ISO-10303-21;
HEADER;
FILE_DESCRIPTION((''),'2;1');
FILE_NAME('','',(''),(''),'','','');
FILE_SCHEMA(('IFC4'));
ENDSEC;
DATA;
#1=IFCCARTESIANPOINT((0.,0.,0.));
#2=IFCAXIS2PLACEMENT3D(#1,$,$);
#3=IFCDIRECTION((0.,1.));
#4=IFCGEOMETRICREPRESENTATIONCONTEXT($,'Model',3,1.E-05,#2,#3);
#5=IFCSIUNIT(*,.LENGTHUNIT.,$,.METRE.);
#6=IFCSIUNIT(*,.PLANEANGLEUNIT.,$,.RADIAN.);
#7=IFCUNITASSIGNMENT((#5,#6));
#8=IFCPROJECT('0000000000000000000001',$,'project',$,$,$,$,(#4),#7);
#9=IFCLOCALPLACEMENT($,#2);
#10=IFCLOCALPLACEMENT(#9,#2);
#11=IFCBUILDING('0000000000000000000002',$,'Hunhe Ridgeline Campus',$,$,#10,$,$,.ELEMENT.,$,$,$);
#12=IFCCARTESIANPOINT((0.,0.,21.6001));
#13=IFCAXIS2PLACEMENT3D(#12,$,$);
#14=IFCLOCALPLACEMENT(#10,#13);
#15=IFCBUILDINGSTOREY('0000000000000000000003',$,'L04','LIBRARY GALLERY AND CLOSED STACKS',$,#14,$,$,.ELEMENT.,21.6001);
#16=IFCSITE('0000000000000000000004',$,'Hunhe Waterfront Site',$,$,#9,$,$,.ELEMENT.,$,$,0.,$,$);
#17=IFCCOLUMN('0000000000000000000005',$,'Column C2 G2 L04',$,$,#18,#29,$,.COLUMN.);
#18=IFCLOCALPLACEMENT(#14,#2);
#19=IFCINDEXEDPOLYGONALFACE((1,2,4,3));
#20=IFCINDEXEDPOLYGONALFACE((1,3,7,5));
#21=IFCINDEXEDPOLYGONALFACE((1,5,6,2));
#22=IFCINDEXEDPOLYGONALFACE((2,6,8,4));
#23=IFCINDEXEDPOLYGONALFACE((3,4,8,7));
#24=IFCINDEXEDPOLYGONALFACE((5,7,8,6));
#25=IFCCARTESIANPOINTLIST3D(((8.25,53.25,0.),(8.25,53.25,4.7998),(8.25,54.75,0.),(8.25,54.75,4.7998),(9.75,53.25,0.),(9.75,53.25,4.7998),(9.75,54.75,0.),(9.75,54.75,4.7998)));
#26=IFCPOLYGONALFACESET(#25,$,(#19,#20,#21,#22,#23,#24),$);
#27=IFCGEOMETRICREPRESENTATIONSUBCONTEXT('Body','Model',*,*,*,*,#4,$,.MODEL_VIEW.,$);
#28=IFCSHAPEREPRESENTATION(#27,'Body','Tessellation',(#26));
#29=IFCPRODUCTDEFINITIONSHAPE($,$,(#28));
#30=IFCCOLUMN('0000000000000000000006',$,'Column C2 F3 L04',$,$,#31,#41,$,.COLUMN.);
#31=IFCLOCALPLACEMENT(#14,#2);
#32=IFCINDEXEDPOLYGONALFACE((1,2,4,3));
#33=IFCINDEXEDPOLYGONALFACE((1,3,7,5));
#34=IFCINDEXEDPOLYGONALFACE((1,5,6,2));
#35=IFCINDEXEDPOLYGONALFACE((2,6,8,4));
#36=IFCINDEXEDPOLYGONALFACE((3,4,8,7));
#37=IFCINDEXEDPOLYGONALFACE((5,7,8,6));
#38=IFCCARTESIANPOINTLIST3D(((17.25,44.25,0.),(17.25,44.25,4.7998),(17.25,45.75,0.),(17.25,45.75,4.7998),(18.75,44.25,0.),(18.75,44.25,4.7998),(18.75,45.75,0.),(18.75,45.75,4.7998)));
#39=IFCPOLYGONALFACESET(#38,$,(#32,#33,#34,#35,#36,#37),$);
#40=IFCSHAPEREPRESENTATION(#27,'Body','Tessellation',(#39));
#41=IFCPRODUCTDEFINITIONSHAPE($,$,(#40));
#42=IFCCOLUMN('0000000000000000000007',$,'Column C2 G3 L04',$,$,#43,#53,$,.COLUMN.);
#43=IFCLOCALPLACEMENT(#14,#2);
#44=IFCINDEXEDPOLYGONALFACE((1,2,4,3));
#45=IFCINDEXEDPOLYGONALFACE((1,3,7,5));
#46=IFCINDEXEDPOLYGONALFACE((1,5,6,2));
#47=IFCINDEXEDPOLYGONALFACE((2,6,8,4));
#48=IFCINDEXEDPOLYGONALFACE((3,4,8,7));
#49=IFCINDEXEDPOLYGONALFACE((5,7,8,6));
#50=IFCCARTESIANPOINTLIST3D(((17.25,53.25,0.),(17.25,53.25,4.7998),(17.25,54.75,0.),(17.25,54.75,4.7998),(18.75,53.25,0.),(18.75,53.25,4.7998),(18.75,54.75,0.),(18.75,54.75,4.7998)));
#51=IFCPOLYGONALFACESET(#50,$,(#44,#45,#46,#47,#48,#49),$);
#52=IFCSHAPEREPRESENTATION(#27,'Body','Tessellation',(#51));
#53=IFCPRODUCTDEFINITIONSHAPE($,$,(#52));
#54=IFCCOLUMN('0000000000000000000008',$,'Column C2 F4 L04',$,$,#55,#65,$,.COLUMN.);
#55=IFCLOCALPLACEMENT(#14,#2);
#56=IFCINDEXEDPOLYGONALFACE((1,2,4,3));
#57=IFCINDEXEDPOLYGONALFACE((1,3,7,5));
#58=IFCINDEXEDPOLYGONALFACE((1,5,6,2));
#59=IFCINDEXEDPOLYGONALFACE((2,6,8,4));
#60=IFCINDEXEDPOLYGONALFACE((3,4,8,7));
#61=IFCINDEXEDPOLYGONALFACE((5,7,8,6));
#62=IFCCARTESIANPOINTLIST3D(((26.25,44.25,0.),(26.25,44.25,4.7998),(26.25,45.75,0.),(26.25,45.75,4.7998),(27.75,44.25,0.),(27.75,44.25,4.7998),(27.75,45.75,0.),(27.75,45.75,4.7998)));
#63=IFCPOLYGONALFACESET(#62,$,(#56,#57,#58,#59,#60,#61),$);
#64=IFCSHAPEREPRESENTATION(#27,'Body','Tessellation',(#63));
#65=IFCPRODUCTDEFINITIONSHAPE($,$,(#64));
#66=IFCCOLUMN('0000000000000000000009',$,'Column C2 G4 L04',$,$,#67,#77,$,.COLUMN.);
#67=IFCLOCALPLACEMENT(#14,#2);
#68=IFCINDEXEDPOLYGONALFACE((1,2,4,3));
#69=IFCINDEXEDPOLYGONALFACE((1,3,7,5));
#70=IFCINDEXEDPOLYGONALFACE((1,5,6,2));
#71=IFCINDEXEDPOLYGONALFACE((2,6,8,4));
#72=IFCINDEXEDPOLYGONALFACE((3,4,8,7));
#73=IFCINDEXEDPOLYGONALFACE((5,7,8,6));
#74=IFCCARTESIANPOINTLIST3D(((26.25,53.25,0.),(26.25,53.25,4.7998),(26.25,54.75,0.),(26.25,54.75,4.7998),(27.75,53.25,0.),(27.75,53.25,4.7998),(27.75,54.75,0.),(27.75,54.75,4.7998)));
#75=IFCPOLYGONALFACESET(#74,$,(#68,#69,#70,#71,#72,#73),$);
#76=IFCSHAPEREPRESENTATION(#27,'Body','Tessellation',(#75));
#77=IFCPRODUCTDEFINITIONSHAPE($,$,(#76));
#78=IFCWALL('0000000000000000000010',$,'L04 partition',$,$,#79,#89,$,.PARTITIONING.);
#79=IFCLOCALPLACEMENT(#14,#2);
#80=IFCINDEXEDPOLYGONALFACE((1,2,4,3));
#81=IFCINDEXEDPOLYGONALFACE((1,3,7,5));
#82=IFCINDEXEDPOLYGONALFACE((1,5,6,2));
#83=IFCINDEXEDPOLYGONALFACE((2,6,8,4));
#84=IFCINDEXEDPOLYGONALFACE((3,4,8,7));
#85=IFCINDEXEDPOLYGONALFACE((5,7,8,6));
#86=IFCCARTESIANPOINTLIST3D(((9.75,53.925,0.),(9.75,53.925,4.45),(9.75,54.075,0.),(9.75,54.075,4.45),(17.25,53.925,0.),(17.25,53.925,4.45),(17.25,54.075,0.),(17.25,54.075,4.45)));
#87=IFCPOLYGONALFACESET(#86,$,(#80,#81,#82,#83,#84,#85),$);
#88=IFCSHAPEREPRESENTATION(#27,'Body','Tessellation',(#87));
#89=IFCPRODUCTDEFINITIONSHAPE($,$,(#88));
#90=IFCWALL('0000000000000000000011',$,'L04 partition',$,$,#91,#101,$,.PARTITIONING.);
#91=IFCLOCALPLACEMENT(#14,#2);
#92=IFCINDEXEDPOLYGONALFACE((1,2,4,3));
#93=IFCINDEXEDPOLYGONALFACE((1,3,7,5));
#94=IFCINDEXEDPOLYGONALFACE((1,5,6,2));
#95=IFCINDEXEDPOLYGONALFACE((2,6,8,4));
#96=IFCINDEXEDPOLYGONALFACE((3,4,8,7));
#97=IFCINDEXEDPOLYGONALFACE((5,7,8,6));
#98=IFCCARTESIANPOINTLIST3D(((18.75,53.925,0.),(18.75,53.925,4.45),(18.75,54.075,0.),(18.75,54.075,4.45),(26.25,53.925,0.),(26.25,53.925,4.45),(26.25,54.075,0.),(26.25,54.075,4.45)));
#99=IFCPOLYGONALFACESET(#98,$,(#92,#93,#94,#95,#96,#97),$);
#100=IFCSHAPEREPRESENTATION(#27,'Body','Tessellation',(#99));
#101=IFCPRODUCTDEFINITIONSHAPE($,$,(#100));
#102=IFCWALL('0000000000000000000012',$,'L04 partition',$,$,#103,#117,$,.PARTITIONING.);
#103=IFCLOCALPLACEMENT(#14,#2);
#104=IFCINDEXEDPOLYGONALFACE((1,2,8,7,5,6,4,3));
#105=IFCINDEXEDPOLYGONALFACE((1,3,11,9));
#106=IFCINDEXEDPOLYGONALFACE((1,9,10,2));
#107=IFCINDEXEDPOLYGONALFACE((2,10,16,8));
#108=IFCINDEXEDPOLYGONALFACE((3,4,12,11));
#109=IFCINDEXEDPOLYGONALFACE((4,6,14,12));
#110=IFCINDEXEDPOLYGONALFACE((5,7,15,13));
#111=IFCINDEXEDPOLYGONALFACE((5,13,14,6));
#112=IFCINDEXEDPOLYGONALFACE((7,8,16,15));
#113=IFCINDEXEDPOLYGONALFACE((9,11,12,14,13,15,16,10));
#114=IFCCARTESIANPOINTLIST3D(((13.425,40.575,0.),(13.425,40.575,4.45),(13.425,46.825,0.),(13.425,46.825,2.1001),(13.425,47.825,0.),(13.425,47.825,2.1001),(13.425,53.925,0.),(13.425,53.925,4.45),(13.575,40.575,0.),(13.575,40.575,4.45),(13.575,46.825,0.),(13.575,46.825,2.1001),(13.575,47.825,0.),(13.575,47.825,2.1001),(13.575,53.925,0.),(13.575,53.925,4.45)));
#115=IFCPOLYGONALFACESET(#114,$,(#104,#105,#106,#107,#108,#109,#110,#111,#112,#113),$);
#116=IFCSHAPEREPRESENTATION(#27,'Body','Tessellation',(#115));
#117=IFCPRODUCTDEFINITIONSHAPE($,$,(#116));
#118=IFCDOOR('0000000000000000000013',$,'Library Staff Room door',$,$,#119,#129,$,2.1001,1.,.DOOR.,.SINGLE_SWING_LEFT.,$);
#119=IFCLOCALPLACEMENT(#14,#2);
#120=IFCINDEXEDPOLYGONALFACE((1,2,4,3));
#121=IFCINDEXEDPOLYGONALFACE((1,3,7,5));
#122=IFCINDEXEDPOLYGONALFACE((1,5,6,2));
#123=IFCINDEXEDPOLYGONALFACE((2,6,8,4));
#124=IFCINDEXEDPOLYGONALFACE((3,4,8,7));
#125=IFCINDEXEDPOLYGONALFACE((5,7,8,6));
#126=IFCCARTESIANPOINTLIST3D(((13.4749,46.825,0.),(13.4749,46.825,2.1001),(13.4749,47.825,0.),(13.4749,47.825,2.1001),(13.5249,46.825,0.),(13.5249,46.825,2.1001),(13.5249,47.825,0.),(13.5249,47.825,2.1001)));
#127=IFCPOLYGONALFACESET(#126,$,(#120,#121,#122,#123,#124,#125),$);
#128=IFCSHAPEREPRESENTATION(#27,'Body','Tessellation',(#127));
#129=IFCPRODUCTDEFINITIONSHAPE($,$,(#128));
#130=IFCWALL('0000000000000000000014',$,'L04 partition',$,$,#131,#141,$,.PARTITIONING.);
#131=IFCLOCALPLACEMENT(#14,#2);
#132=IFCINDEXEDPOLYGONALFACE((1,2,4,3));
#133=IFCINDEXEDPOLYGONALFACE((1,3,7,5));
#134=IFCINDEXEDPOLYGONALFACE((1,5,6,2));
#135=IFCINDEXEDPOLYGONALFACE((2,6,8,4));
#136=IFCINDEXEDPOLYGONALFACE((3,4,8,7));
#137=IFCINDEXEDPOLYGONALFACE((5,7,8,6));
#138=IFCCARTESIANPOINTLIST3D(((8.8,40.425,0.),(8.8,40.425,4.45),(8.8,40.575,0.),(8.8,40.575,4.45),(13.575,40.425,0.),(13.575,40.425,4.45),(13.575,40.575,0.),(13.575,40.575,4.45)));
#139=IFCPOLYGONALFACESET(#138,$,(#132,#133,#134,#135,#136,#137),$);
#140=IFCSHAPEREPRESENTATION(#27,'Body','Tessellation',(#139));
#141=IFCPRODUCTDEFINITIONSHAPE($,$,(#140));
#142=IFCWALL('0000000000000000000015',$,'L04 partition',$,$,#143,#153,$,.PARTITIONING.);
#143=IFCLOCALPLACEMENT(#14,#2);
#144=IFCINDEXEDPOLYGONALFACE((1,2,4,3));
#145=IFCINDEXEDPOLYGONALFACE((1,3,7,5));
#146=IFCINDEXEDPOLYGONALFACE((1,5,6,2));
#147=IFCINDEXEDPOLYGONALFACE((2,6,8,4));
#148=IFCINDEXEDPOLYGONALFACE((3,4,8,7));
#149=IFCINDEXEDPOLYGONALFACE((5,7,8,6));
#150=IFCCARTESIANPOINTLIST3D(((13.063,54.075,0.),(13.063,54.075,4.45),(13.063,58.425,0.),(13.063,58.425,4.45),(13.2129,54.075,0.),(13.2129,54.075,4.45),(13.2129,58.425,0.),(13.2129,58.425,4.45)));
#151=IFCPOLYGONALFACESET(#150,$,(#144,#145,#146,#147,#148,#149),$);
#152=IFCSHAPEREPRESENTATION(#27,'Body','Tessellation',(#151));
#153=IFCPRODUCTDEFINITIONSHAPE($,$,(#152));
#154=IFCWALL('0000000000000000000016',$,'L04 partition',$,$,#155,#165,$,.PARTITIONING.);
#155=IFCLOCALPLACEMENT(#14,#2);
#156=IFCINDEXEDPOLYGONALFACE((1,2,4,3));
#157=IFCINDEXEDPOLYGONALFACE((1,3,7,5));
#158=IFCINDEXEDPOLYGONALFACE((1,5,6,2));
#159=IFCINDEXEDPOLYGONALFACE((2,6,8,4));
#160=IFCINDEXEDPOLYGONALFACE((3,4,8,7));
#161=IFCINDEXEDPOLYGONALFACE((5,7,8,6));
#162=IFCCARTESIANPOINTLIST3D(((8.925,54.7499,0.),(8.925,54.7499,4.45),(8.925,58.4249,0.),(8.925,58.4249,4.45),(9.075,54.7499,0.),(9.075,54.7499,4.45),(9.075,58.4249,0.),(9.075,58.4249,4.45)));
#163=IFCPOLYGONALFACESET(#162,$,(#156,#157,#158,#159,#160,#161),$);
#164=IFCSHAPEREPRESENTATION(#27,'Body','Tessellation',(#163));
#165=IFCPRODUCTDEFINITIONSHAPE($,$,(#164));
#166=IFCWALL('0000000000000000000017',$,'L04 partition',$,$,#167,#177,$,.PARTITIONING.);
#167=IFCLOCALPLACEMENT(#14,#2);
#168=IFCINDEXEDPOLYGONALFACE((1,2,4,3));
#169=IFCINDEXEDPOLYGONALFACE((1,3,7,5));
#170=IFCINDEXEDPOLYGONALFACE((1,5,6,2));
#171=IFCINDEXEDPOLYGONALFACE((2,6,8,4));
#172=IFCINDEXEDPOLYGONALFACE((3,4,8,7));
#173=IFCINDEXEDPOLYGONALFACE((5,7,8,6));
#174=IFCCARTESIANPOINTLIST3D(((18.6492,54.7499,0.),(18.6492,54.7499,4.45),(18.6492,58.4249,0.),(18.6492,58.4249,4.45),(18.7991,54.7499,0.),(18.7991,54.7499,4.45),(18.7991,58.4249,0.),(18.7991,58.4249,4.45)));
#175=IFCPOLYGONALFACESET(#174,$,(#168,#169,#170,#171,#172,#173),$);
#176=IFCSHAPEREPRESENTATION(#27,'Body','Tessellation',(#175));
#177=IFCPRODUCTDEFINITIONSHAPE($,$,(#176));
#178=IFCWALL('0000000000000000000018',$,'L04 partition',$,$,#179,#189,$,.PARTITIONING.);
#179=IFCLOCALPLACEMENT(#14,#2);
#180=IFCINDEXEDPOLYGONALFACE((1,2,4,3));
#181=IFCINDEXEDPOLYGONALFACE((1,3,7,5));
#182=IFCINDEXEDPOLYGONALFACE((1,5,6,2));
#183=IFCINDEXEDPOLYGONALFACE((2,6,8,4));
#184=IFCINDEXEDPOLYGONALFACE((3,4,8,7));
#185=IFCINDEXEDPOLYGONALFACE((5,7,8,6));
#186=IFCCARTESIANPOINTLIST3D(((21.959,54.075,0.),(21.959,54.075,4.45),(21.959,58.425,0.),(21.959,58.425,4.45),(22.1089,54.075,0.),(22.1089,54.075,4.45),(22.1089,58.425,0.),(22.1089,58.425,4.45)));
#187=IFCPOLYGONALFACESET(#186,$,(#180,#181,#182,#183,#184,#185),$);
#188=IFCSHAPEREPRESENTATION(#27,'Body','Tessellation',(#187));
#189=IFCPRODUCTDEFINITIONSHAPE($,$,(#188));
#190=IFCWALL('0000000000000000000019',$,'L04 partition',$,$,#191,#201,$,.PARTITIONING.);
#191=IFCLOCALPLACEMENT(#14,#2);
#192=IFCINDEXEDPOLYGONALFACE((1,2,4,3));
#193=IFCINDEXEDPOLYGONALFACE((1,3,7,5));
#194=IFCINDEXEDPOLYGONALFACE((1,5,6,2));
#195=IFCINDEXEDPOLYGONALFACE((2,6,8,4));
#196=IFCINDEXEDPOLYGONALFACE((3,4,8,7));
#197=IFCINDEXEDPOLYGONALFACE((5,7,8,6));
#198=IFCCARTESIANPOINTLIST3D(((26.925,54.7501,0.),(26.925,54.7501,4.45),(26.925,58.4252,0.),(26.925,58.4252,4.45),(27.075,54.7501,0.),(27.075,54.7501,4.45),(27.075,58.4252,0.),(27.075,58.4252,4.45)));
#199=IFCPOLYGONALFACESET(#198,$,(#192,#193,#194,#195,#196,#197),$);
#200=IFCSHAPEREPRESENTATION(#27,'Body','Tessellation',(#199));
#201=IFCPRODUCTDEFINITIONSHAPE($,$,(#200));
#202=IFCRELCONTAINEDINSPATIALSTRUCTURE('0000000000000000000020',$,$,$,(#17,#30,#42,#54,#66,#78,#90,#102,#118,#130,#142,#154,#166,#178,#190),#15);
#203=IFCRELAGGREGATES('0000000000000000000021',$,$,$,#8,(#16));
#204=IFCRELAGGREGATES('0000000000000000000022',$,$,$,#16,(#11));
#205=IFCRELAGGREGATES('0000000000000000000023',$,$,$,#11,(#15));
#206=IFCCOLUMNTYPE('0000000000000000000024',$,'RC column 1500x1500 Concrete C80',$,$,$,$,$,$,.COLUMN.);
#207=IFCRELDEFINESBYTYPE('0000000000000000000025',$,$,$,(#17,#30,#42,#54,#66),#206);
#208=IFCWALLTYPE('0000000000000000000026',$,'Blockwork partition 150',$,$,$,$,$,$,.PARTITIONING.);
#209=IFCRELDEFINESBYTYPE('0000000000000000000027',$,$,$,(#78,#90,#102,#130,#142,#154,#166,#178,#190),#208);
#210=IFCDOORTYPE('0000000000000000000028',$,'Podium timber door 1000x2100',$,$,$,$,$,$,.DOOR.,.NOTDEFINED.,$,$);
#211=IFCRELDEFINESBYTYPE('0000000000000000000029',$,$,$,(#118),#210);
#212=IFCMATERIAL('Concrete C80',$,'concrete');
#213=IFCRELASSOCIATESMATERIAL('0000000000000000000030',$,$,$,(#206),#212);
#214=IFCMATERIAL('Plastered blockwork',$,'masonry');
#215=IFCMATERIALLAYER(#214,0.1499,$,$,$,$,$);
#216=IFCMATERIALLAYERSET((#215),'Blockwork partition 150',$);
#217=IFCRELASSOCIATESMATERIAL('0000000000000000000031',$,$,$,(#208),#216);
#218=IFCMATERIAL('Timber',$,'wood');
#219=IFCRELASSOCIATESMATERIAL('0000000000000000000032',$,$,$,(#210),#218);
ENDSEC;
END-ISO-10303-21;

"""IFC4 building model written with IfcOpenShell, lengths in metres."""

from ifc_helpers import new_model, si_unit, direction, frame, frame_2d, origin, origin_2d, place, context, subcontext, project, spatial, rectangle, extrude, material, layer, layer_set, material_profile, profile_set, type_object, element, fill, save


model = new_model("IFC4")

# Units and contexts
model_context = context("Model", 3, precision=1e-05, world=origin(), true_north=direction((0.0, 1.0)))
body_context = subcontext(model_context, "Body", "Model", "MODEL_VIEW")
ifc_project = project(units=[si_unit("LENGTHUNIT", "METRE"), si_unit("PLANEANGLEUNIT", "RADIAN")], contexts=[model_context])

# Site, building, storey
site_placement = place(None, origin())
site = spatial("IfcSite", under=ifc_project, at=site_placement, Name="Hunhe Waterfront Site", CompositionType="ELEMENT", RefElevation=0.0)
building_placement = place(site_placement, origin())
building = spatial("IfcBuilding", under=site, at=building_placement, Name="Hunhe Ridgeline Campus", CompositionType="ELEMENT")
storey_placement = place(building_placement, frame((0.0, 0.0, 21.6001)))
storey = spatial("IfcBuildingStorey", under=building, at=storey_placement, Name="L04", Description="LIBRARY GALLERY AND CLOSED STACKS", CompositionType="ELEMENT", Elevation=21.6001)

# Columns
ifc_material_1 = material(Name="Concrete C80", Category="concrete")
ifc_material_profile = material_profile(ifc_material_1, rectangle(XDim=1.5, YDim=1.5, at=origin_2d()))
ifc_profile_set = profile_set([ifc_material_profile], Name="Concrete C80")
column_type = type_object("IfcColumnType", Name="RC column 1500x1500 Concrete C80", PredefinedType="COLUMN", material=ifc_profile_set)
for number, where, z_axis, x_axis, name in (
    (1, (9.0, 54.0, 0.0), (0.0, 0.0, 1.0), (1.0, 0.0, 0.0), "Column C2 G2 L04"),
    (2, (18.0, 45.0, 0.0), (0.0, 0.0, 1.0), (1.0, 0.0, 0.0), "Column C2 F3 L04"),
    (3, (18.0, 54.0, 0.0), (0.0, 0.0, 1.0), (1.0, 0.0, 0.0), "Column C2 G3 L04"),
    (4, (27.0, 45.0, 0.0), (0.0, 0.0, 1.0), (1.0, 0.0, 0.0), "Column C2 F4 L04"),
    (5, (27.0, 54.0, 0.0), (0.0, 0.0, 1.0), (1.0, 0.0, 0.0), "Column C2 G4 L04"),
):
    element("IfcColumn", number, at=place(storey_placement, frame(where, z_axis=z_axis, x_axis=x_axis)), inside=storey, type_object=column_type, Name=name, PredefinedType="COLUMN", context=body_context, shape_type="SweptSolid", body=[
        extrude(rectangle(XDim=1.5, YDim=1.5, at=origin_2d()), origin(), (0.0, 0.0, 1.0), 4.7998),
    ])

# Walls
ifc_material_2 = material(Name="Plastered blockwork", Category="masonry")
ifc_layer_1 = layer(ifc_material_2, 0.1499)
ifc_layer_set_1 = layer_set([ifc_layer_1], Name="Blockwork partition 150")
wall_type_1 = type_object("IfcWallType", Name="Blockwork partition 150", PredefinedType="PARTITIONING", material=ifc_layer_set_1)
for number, where, z_axis, x_axis, name in (
    (6, (9.75, 54.0, 0.0), (0.0, 0.0, 1.0), (1.0, 0.0, 0.0), "L04 partition"),
    (7, (26.25, 54.0, 0.0), (0.0, 0.0, 1.0), (-1.0, 0.0, 0.0), "L04 partition"),
):
    element("IfcWall", number, at=place(storey_placement, frame(where, z_axis=z_axis, x_axis=x_axis)), inside=storey, type_object=wall_type_1, Name=name, PredefinedType="PARTITIONING", context=body_context, shape_type="SweptSolid", body=[
        extrude(rectangle(XDim=7.5, YDim=0.1499, at=frame_2d((3.75, 0.0))), origin(), (0.0, 0.0, 1.0), 4.45),
    ])

# Wall, opening, door
wall_1_placement = place(storey_placement, frame((13.5, 53.925, 0.0), z_axis=(0.0, 0.0, 1.0), x_axis=(0.0, -1.0, 0.0)))
wall_1 = element("IfcWall", 8, at=wall_1_placement, inside=storey, type_object=wall_type_1, Name="L04 partition", PredefinedType="PARTITIONING", context=body_context, shape_type="SweptSolid", body=[
    extrude(rectangle(XDim=13.3501, YDim=0.1499, at=frame_2d((6.675, 0.0))), origin(), (0.0, 0.0, 1.0), 4.45),
])
opening_placement = place(wall_1_placement, frame((6.1001, 0.0, 0.0)))
opening = element("IfcOpeningElement", 9, at=opening_placement, cuts=wall_1, PredefinedType="OPENING", context=body_context, shape_type="SweptSolid", body=[
    extrude(rectangle(XDim=1.0, YDim=2.1001, at=frame_2d((0.5, 1.05))), frame((0.0, 0.075, 0.0), z_axis=(0.0, -1.0, 0.0), x_axis=(1.0, 0.0, 0.0)), (0.0, 0.0, 1.0), 0.1499),
])
ifc_material_3 = material(Name="Timber", Category="wood")
door_type = type_object("IfcDoorType", Name="Podium timber door 1000x2100", OperationType="NOTDEFINED", PredefinedType="DOOR", material=ifc_material_3)
door_placement = place(opening_placement, origin())
door = element("IfcDoor", 10, at=door_placement, inside=storey, type_object=door_type, Name="Library Staff Room door", OperationType="SINGLE_SWING_LEFT", OverallHeight=2.1001, OverallWidth=1.0, PredefinedType="DOOR", context=body_context, shape_type="SweptSolid", body=[
    extrude(rectangle(XDim=1.0, YDim=2.1001, at=frame_2d((0.5, 1.05))), frame((0.0, 0.0249, 0.0), z_axis=(0.0, -1.0, 0.0), x_axis=(1.0, 0.0, 0.0)), (0.0, 0.0, 1.0), 0.05),
])
fill(opening, door)

# Walls
wall_2_placement = place(storey_placement, frame((13.575, 40.5, 0.0), z_axis=(0.0, 0.0, 1.0), x_axis=(-1.0, 0.0, 0.0)))
element("IfcWall", 11, at=wall_2_placement, inside=storey, type_object=wall_type_1, Name="L04 partition", PredefinedType="PARTITIONING", context=body_context, shape_type="SweptSolid", body=[
    extrude(rectangle(XDim=4.7749, YDim=0.1499, at=frame_2d((2.3875, 0.0))), origin(), (0.0, 0.0, 1.0), 4.45),
])
wall_3_placement = place(storey_placement, frame((13.1379, 54.075, 0.0), z_axis=(0.0, 0.0, 1.0), x_axis=(0.0, 1.0, 0.0)))
element("IfcWall", 12, at=wall_3_placement, inside=storey, type_object=wall_type_1, Name="L04 partition", PredefinedType="PARTITIONING", context=body_context, shape_type="SweptSolid", body=[
    extrude(rectangle(XDim=4.3501, YDim=0.1499, at=frame_2d((2.175, 0.0))), origin(), (0.0, 0.0, 1.0), 4.45),
])
for number, where, z_axis, x_axis, name in (
    (13, (9.0, 54.75, 0.0), (0.0, 0.0, 1.0), (0.0, 1.0, 0.0), "L04 partition"),
    (14, (18.7241, 54.75, 0.0), (0.0, 0.0, 1.0), (0.0, 1.0, 0.0), "L04 partition"),
):
    element("IfcWall", number, at=place(storey_placement, frame(where, z_axis=z_axis, x_axis=x_axis)), inside=storey, type_object=wall_type_1, Name=name, PredefinedType="PARTITIONING", context=body_context, shape_type="SweptSolid", body=[
        extrude(rectangle(XDim=3.675, YDim=0.1499, at=frame_2d((1.8374, 0.0))), origin(), (0.0, 0.0, 1.0), 4.45),
    ])
wall_4_placement = place(storey_placement, frame((22.0339, 54.075, 0.0), z_axis=(0.0, 0.0, 1.0), x_axis=(0.0, 1.0, 0.0)))
element("IfcWall", 15, at=wall_4_placement, inside=storey, type_object=wall_type_1, Name="L04 partition", PredefinedType="PARTITIONING", context=body_context, shape_type="SweptSolid", body=[
    extrude(rectangle(XDim=4.3501, YDim=0.1499, at=frame_2d((2.175, 0.0))), origin(), (0.0, 0.0, 1.0), 4.45),
])
wall_5_placement = place(storey_placement, frame((27.0, 58.425, 0.0), z_axis=(0.0, 0.0, 1.0), x_axis=(0.0, -1.0, 0.0)))
element("IfcWall", 16, at=wall_5_placement, inside=storey, type_object=wall_type_1, Name="L04 partition", PredefinedType="PARTITIONING", context=body_context, shape_type="SweptSolid", body=[
    extrude(rectangle(XDim=3.675, YDim=0.1499, at=frame_2d((1.8374, 0.0))), origin(), (0.0, 0.0, 1.0), 4.45),
])

save(model, "model.ifc")
